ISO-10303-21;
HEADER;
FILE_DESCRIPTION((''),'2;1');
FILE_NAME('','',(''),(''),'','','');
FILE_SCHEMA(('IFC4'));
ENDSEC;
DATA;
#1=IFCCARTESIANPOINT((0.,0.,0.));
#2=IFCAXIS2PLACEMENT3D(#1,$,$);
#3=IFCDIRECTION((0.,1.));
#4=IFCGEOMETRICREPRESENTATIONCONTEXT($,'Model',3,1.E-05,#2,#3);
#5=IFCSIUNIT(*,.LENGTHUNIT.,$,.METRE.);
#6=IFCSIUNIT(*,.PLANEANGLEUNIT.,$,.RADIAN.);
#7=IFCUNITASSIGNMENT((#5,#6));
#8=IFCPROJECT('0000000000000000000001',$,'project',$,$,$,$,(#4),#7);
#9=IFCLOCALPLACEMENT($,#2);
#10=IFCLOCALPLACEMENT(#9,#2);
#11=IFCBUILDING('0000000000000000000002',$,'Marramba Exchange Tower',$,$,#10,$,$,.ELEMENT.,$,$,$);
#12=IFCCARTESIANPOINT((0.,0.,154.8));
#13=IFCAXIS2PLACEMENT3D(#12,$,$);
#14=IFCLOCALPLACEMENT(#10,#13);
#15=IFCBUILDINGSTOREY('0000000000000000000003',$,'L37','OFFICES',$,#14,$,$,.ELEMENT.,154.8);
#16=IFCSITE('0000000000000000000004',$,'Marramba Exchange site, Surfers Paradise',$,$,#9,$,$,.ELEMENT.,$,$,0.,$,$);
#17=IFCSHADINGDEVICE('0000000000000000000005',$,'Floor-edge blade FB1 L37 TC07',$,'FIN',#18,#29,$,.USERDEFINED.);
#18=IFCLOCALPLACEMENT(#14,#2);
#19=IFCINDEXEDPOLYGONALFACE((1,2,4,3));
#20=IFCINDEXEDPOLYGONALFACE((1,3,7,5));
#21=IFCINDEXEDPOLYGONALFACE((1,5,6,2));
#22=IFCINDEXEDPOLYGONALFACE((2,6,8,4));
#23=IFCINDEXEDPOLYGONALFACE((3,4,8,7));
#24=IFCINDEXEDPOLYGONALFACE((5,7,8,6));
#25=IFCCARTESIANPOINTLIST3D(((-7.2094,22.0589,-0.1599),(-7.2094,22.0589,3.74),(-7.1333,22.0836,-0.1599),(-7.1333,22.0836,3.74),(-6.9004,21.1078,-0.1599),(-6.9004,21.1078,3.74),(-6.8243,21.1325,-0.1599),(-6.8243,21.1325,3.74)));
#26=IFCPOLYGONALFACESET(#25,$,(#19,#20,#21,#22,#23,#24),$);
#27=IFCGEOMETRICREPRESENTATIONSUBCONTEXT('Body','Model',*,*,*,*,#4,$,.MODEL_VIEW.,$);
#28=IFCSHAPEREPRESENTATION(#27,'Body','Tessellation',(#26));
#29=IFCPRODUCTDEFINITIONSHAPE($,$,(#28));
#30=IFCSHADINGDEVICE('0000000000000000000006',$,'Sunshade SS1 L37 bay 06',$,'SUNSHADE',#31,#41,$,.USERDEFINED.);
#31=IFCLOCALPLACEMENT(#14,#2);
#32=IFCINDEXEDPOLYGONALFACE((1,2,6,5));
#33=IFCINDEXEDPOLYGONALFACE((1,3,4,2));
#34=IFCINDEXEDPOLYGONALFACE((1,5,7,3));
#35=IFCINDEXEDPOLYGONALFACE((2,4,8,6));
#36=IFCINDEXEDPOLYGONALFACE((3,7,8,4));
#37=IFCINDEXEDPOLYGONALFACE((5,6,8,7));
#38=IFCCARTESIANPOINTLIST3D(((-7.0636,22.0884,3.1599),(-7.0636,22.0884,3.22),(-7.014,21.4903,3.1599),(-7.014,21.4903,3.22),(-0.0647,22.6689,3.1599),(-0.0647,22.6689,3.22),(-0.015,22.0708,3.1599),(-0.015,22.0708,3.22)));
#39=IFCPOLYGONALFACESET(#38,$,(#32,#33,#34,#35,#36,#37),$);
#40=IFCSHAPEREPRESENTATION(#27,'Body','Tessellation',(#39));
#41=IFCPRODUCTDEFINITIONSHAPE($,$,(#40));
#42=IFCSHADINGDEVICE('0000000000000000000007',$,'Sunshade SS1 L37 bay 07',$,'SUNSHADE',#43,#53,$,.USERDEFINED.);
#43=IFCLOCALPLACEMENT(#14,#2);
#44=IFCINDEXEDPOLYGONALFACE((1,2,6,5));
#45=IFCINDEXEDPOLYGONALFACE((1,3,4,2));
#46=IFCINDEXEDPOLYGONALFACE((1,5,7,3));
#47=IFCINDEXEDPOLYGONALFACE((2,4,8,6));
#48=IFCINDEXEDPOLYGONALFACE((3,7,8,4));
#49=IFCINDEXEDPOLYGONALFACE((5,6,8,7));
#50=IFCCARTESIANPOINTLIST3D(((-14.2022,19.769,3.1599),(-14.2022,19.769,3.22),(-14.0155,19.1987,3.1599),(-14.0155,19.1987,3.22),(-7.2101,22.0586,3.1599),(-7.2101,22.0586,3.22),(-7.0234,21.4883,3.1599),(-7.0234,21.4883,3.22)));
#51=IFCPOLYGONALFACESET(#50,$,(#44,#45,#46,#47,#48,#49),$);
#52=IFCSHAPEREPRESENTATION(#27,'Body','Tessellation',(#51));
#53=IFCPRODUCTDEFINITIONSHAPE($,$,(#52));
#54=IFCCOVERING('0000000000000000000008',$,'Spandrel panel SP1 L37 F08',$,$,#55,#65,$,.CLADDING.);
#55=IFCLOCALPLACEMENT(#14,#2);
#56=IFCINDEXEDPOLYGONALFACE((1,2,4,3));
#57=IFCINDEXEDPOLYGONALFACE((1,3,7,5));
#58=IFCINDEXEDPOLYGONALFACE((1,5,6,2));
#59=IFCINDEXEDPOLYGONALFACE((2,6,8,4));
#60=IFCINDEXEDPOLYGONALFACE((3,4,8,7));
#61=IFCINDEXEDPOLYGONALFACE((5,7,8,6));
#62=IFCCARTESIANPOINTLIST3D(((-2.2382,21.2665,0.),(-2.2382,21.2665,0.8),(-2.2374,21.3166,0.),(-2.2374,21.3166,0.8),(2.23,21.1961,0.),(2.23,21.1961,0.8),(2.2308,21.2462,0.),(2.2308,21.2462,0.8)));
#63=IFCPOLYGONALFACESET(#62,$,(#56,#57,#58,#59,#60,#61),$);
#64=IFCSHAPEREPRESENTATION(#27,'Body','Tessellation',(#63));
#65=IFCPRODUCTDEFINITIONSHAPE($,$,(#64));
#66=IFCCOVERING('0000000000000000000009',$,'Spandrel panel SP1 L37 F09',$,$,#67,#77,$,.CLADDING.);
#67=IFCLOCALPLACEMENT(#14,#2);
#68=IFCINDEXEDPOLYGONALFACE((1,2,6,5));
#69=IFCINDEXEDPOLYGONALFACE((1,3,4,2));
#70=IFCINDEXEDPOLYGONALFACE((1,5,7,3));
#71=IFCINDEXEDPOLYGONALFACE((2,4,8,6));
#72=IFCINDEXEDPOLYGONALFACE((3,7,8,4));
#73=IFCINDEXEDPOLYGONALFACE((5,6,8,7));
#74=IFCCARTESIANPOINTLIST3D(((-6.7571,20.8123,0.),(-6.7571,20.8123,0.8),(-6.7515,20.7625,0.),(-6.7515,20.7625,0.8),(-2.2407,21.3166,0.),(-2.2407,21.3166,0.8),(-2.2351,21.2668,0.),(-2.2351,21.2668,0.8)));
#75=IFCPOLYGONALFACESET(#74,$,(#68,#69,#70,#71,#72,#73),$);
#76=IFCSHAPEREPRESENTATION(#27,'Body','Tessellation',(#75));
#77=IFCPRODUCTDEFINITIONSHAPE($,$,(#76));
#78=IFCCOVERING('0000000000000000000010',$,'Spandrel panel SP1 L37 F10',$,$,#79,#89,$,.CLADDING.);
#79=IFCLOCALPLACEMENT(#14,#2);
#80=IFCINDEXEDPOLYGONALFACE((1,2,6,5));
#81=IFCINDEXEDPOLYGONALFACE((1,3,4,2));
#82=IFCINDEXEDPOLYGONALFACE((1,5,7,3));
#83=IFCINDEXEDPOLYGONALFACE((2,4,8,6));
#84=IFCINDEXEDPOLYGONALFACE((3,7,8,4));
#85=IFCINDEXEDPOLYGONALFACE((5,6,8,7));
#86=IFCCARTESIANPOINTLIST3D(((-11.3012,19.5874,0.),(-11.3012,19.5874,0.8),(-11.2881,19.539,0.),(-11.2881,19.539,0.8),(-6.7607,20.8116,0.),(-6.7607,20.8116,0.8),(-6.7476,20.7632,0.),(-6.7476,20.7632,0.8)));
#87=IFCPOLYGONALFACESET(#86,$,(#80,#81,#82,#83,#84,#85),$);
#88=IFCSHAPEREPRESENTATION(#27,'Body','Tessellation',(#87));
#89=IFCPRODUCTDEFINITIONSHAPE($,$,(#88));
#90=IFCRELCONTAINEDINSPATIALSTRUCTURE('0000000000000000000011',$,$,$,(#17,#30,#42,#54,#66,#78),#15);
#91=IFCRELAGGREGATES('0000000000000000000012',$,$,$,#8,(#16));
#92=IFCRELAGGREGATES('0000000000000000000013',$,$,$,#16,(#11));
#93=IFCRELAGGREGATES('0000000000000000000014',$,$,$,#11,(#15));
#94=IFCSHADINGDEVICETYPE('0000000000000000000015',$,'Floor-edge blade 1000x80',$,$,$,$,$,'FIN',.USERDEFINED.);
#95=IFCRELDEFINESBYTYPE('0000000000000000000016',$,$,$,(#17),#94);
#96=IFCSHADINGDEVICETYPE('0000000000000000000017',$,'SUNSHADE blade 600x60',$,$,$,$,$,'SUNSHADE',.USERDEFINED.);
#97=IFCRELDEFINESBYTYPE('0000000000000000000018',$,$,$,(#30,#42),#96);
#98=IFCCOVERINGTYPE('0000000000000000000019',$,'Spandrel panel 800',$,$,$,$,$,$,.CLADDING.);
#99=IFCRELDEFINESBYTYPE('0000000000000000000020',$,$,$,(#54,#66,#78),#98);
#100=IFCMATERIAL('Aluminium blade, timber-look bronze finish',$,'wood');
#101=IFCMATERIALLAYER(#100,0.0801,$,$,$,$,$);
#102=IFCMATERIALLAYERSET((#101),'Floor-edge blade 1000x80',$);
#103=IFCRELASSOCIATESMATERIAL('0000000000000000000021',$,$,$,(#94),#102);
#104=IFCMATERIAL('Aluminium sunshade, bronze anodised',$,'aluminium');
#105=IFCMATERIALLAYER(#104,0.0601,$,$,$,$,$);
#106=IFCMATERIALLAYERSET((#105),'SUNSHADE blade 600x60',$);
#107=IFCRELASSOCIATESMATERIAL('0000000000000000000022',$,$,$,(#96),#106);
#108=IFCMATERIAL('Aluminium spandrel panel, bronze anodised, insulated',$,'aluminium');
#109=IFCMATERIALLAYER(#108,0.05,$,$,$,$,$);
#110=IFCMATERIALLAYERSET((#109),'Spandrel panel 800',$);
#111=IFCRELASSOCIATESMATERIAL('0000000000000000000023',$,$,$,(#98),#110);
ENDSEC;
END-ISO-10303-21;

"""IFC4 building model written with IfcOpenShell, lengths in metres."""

from ifc_helpers import new_model, si_unit, direction, frame, origin, origin_2d, place, context, subcontext, project, spatial, rectangle, extrude, material, layer, layer_set, type_object, element, save


model = new_model("IFC4")

# Units and contexts
model_context = context("Model", 3, precision=1e-05, world=origin(), true_north=direction((0.0, 1.0)))
body_context = subcontext(model_context, "Body", "Model", "MODEL_VIEW")
ifc_project = project(units=[si_unit("LENGTHUNIT", "METRE"), si_unit("PLANEANGLEUNIT", "RADIAN")], contexts=[model_context])

# Site, building, storey
site_placement = place(None, origin())
site = spatial("IfcSite", under=ifc_project, at=site_placement, Name="Marramba Exchange site, Surfers Paradise", CompositionType="ELEMENT", RefElevation=0.0)
building_placement = place(site_placement, origin())
building = spatial("IfcBuilding", under=site, at=building_placement, Name="Marramba Exchange Tower", CompositionType="ELEMENT")
storey_placement = place(building_placement, frame((0.0, 0.0, 154.8)))
storey = spatial("IfcBuildingStorey", under=building, at=storey_placement, Name="L37", Description="OFFICES", CompositionType="ELEMENT", Elevation=154.8)

# Shading devices
ifc_material_1 = material(Name="Aluminium blade, timber-look bronze finish", Category="wood")
ifc_layer_1 = layer(ifc_material_1, 0.0801)
ifc_layer_set_1 = layer_set([ifc_layer_1], Name="Floor-edge blade 1000x80")
shading_device_type_1 = type_object("IfcShadingDeviceType", Name="Floor-edge blade 1000x80", ElementType="FIN", PredefinedType="USERDEFINED", material=ifc_layer_set_1)
shading_device_1_placement = place(storey_placement, frame((-7.0168, 21.5957, -0.1599), z_axis=(0.0, 0.0, 1.0), x_axis=(-0.309017, 0.951057, 0.0)))
element("IfcShadingDevice", 1, at=shading_device_1_placement, inside=storey, type_object=shading_device_type_1, Name="Floor-edge blade FB1 L37 TC07", ObjectType="FIN", PredefinedType="USERDEFINED", context=body_context, shape_type="SweptSolid", body=[
    extrude(rectangle(XDim=1.0, YDim=0.0801, at=origin_2d()), origin(), (0.0, 0.0, 1.0), 3.8999),
])
ifc_material_2 = material(Name="Aluminium sunshade, bronze anodised", Category="aluminium")
ifc_layer_2 = layer(ifc_material_2, 0.0601)
ifc_layer_set_2 = layer_set([ifc_layer_2], Name="SUNSHADE blade 600x60")
shading_device_type_2 = type_object("IfcShadingDeviceType", Name="SUNSHADE blade 600x60", ElementType="SUNSHADE", PredefinedType="USERDEFINED", material=ifc_layer_set_2)
shading_device_2_placement = place(storey_placement, frame((-3.5393, 22.0796, 3.1599), z_axis=(0.0, 0.0, 1.0), x_axis=(-0.996578, -0.08266, 0.0)))
element("IfcShadingDevice", 2, at=shading_device_2_placement, inside=storey, type_object=shading_device_type_2, Name="Sunshade SS1 L37 bay 06", ObjectType="SUNSHADE", PredefinedType="USERDEFINED", context=body_context, shape_type="SweptSolid", body=[
    extrude(rectangle(XDim=7.0229, YDim=0.6001, at=origin_2d()), origin(), (0.0, 0.0, 1.0), 0.0601),
])
shading_device_3_placement = place(storey_placement, frame((-10.6128, 20.6287, 3.1599), z_axis=(0.0, 0.0, 1.0), x_axis=(-0.950346, -0.311196, 0.0)))
element("IfcShadingDevice", 3, at=shading_device_3_placement, inside=storey, type_object=shading_device_type_2, Name="Sunshade SS1 L37 bay 07", ObjectType="SUNSHADE", PredefinedType="USERDEFINED", context=body_context, shape_type="SweptSolid", body=[
    extrude(rectangle(XDim=7.3574, YDim=0.6001, at=origin_2d()), origin(), (0.0, 0.0, 1.0), 0.0601),
])

# Coverings
ifc_material_3 = material(Name="Aluminium spandrel panel, bronze anodised, insulated", Category="aluminium")
ifc_layer_3 = layer(ifc_material_3, 0.05)
ifc_layer_set_3 = layer_set([ifc_layer_3], Name="Spandrel panel 800")
covering_type = type_object("IfcCoveringType", Name="Spandrel panel 800", PredefinedType="CLADDING", material=ifc_layer_set_3)
covering_1_placement = place(storey_placement, frame((-0.0037, 21.2563, 0.0), z_axis=(0.0, 0.0, 1.0), x_axis=(-0.999876, 0.015756, 0.0)))
element("IfcCovering", 4, at=covering_1_placement, inside=storey, type_object=covering_type, Name="Spandrel panel SP1 L37 F08", PredefinedType="CLADDING", context=body_context, shape_type="SweptSolid", body=[
    extrude(rectangle(XDim=4.4688, YDim=0.05, at=origin_2d()), origin(), (0.0, 0.0, 1.0), 0.8),
])
covering_2_placement = place(storey_placement, frame((-4.4961, 21.0396, 0.0), z_axis=(0.0, 0.0, 1.0), x_axis=(-0.993823, -0.110973, 0.0)))
element("IfcCovering", 5, at=covering_2_placement, inside=storey, type_object=covering_type, Name="Spandrel panel SP1 L37 F09", PredefinedType="CLADDING", context=body_context, shape_type="SweptSolid", body=[
    extrude(rectangle(XDim=4.5444, YDim=0.05, at=origin_2d()), origin(), (0.0, 0.0, 1.0), 0.8),
])
covering_3_placement = place(storey_placement, frame((-9.0244, 20.1753, 0.0), z_axis=(0.0, 0.0, 1.0), x_axis=(-0.965522, -0.260321, 0.0)))
element("IfcCovering", 6, at=covering_3_placement, inside=storey, type_object=covering_type, Name="Spandrel panel SP1 L37 F10", PredefinedType="CLADDING", context=body_context, shape_type="SweptSolid", body=[
    extrude(rectangle(XDim=4.7026, YDim=0.05, at=origin_2d()), origin(), (0.0, 0.0, 1.0), 0.8),
])

save(model, "model.ifc")
